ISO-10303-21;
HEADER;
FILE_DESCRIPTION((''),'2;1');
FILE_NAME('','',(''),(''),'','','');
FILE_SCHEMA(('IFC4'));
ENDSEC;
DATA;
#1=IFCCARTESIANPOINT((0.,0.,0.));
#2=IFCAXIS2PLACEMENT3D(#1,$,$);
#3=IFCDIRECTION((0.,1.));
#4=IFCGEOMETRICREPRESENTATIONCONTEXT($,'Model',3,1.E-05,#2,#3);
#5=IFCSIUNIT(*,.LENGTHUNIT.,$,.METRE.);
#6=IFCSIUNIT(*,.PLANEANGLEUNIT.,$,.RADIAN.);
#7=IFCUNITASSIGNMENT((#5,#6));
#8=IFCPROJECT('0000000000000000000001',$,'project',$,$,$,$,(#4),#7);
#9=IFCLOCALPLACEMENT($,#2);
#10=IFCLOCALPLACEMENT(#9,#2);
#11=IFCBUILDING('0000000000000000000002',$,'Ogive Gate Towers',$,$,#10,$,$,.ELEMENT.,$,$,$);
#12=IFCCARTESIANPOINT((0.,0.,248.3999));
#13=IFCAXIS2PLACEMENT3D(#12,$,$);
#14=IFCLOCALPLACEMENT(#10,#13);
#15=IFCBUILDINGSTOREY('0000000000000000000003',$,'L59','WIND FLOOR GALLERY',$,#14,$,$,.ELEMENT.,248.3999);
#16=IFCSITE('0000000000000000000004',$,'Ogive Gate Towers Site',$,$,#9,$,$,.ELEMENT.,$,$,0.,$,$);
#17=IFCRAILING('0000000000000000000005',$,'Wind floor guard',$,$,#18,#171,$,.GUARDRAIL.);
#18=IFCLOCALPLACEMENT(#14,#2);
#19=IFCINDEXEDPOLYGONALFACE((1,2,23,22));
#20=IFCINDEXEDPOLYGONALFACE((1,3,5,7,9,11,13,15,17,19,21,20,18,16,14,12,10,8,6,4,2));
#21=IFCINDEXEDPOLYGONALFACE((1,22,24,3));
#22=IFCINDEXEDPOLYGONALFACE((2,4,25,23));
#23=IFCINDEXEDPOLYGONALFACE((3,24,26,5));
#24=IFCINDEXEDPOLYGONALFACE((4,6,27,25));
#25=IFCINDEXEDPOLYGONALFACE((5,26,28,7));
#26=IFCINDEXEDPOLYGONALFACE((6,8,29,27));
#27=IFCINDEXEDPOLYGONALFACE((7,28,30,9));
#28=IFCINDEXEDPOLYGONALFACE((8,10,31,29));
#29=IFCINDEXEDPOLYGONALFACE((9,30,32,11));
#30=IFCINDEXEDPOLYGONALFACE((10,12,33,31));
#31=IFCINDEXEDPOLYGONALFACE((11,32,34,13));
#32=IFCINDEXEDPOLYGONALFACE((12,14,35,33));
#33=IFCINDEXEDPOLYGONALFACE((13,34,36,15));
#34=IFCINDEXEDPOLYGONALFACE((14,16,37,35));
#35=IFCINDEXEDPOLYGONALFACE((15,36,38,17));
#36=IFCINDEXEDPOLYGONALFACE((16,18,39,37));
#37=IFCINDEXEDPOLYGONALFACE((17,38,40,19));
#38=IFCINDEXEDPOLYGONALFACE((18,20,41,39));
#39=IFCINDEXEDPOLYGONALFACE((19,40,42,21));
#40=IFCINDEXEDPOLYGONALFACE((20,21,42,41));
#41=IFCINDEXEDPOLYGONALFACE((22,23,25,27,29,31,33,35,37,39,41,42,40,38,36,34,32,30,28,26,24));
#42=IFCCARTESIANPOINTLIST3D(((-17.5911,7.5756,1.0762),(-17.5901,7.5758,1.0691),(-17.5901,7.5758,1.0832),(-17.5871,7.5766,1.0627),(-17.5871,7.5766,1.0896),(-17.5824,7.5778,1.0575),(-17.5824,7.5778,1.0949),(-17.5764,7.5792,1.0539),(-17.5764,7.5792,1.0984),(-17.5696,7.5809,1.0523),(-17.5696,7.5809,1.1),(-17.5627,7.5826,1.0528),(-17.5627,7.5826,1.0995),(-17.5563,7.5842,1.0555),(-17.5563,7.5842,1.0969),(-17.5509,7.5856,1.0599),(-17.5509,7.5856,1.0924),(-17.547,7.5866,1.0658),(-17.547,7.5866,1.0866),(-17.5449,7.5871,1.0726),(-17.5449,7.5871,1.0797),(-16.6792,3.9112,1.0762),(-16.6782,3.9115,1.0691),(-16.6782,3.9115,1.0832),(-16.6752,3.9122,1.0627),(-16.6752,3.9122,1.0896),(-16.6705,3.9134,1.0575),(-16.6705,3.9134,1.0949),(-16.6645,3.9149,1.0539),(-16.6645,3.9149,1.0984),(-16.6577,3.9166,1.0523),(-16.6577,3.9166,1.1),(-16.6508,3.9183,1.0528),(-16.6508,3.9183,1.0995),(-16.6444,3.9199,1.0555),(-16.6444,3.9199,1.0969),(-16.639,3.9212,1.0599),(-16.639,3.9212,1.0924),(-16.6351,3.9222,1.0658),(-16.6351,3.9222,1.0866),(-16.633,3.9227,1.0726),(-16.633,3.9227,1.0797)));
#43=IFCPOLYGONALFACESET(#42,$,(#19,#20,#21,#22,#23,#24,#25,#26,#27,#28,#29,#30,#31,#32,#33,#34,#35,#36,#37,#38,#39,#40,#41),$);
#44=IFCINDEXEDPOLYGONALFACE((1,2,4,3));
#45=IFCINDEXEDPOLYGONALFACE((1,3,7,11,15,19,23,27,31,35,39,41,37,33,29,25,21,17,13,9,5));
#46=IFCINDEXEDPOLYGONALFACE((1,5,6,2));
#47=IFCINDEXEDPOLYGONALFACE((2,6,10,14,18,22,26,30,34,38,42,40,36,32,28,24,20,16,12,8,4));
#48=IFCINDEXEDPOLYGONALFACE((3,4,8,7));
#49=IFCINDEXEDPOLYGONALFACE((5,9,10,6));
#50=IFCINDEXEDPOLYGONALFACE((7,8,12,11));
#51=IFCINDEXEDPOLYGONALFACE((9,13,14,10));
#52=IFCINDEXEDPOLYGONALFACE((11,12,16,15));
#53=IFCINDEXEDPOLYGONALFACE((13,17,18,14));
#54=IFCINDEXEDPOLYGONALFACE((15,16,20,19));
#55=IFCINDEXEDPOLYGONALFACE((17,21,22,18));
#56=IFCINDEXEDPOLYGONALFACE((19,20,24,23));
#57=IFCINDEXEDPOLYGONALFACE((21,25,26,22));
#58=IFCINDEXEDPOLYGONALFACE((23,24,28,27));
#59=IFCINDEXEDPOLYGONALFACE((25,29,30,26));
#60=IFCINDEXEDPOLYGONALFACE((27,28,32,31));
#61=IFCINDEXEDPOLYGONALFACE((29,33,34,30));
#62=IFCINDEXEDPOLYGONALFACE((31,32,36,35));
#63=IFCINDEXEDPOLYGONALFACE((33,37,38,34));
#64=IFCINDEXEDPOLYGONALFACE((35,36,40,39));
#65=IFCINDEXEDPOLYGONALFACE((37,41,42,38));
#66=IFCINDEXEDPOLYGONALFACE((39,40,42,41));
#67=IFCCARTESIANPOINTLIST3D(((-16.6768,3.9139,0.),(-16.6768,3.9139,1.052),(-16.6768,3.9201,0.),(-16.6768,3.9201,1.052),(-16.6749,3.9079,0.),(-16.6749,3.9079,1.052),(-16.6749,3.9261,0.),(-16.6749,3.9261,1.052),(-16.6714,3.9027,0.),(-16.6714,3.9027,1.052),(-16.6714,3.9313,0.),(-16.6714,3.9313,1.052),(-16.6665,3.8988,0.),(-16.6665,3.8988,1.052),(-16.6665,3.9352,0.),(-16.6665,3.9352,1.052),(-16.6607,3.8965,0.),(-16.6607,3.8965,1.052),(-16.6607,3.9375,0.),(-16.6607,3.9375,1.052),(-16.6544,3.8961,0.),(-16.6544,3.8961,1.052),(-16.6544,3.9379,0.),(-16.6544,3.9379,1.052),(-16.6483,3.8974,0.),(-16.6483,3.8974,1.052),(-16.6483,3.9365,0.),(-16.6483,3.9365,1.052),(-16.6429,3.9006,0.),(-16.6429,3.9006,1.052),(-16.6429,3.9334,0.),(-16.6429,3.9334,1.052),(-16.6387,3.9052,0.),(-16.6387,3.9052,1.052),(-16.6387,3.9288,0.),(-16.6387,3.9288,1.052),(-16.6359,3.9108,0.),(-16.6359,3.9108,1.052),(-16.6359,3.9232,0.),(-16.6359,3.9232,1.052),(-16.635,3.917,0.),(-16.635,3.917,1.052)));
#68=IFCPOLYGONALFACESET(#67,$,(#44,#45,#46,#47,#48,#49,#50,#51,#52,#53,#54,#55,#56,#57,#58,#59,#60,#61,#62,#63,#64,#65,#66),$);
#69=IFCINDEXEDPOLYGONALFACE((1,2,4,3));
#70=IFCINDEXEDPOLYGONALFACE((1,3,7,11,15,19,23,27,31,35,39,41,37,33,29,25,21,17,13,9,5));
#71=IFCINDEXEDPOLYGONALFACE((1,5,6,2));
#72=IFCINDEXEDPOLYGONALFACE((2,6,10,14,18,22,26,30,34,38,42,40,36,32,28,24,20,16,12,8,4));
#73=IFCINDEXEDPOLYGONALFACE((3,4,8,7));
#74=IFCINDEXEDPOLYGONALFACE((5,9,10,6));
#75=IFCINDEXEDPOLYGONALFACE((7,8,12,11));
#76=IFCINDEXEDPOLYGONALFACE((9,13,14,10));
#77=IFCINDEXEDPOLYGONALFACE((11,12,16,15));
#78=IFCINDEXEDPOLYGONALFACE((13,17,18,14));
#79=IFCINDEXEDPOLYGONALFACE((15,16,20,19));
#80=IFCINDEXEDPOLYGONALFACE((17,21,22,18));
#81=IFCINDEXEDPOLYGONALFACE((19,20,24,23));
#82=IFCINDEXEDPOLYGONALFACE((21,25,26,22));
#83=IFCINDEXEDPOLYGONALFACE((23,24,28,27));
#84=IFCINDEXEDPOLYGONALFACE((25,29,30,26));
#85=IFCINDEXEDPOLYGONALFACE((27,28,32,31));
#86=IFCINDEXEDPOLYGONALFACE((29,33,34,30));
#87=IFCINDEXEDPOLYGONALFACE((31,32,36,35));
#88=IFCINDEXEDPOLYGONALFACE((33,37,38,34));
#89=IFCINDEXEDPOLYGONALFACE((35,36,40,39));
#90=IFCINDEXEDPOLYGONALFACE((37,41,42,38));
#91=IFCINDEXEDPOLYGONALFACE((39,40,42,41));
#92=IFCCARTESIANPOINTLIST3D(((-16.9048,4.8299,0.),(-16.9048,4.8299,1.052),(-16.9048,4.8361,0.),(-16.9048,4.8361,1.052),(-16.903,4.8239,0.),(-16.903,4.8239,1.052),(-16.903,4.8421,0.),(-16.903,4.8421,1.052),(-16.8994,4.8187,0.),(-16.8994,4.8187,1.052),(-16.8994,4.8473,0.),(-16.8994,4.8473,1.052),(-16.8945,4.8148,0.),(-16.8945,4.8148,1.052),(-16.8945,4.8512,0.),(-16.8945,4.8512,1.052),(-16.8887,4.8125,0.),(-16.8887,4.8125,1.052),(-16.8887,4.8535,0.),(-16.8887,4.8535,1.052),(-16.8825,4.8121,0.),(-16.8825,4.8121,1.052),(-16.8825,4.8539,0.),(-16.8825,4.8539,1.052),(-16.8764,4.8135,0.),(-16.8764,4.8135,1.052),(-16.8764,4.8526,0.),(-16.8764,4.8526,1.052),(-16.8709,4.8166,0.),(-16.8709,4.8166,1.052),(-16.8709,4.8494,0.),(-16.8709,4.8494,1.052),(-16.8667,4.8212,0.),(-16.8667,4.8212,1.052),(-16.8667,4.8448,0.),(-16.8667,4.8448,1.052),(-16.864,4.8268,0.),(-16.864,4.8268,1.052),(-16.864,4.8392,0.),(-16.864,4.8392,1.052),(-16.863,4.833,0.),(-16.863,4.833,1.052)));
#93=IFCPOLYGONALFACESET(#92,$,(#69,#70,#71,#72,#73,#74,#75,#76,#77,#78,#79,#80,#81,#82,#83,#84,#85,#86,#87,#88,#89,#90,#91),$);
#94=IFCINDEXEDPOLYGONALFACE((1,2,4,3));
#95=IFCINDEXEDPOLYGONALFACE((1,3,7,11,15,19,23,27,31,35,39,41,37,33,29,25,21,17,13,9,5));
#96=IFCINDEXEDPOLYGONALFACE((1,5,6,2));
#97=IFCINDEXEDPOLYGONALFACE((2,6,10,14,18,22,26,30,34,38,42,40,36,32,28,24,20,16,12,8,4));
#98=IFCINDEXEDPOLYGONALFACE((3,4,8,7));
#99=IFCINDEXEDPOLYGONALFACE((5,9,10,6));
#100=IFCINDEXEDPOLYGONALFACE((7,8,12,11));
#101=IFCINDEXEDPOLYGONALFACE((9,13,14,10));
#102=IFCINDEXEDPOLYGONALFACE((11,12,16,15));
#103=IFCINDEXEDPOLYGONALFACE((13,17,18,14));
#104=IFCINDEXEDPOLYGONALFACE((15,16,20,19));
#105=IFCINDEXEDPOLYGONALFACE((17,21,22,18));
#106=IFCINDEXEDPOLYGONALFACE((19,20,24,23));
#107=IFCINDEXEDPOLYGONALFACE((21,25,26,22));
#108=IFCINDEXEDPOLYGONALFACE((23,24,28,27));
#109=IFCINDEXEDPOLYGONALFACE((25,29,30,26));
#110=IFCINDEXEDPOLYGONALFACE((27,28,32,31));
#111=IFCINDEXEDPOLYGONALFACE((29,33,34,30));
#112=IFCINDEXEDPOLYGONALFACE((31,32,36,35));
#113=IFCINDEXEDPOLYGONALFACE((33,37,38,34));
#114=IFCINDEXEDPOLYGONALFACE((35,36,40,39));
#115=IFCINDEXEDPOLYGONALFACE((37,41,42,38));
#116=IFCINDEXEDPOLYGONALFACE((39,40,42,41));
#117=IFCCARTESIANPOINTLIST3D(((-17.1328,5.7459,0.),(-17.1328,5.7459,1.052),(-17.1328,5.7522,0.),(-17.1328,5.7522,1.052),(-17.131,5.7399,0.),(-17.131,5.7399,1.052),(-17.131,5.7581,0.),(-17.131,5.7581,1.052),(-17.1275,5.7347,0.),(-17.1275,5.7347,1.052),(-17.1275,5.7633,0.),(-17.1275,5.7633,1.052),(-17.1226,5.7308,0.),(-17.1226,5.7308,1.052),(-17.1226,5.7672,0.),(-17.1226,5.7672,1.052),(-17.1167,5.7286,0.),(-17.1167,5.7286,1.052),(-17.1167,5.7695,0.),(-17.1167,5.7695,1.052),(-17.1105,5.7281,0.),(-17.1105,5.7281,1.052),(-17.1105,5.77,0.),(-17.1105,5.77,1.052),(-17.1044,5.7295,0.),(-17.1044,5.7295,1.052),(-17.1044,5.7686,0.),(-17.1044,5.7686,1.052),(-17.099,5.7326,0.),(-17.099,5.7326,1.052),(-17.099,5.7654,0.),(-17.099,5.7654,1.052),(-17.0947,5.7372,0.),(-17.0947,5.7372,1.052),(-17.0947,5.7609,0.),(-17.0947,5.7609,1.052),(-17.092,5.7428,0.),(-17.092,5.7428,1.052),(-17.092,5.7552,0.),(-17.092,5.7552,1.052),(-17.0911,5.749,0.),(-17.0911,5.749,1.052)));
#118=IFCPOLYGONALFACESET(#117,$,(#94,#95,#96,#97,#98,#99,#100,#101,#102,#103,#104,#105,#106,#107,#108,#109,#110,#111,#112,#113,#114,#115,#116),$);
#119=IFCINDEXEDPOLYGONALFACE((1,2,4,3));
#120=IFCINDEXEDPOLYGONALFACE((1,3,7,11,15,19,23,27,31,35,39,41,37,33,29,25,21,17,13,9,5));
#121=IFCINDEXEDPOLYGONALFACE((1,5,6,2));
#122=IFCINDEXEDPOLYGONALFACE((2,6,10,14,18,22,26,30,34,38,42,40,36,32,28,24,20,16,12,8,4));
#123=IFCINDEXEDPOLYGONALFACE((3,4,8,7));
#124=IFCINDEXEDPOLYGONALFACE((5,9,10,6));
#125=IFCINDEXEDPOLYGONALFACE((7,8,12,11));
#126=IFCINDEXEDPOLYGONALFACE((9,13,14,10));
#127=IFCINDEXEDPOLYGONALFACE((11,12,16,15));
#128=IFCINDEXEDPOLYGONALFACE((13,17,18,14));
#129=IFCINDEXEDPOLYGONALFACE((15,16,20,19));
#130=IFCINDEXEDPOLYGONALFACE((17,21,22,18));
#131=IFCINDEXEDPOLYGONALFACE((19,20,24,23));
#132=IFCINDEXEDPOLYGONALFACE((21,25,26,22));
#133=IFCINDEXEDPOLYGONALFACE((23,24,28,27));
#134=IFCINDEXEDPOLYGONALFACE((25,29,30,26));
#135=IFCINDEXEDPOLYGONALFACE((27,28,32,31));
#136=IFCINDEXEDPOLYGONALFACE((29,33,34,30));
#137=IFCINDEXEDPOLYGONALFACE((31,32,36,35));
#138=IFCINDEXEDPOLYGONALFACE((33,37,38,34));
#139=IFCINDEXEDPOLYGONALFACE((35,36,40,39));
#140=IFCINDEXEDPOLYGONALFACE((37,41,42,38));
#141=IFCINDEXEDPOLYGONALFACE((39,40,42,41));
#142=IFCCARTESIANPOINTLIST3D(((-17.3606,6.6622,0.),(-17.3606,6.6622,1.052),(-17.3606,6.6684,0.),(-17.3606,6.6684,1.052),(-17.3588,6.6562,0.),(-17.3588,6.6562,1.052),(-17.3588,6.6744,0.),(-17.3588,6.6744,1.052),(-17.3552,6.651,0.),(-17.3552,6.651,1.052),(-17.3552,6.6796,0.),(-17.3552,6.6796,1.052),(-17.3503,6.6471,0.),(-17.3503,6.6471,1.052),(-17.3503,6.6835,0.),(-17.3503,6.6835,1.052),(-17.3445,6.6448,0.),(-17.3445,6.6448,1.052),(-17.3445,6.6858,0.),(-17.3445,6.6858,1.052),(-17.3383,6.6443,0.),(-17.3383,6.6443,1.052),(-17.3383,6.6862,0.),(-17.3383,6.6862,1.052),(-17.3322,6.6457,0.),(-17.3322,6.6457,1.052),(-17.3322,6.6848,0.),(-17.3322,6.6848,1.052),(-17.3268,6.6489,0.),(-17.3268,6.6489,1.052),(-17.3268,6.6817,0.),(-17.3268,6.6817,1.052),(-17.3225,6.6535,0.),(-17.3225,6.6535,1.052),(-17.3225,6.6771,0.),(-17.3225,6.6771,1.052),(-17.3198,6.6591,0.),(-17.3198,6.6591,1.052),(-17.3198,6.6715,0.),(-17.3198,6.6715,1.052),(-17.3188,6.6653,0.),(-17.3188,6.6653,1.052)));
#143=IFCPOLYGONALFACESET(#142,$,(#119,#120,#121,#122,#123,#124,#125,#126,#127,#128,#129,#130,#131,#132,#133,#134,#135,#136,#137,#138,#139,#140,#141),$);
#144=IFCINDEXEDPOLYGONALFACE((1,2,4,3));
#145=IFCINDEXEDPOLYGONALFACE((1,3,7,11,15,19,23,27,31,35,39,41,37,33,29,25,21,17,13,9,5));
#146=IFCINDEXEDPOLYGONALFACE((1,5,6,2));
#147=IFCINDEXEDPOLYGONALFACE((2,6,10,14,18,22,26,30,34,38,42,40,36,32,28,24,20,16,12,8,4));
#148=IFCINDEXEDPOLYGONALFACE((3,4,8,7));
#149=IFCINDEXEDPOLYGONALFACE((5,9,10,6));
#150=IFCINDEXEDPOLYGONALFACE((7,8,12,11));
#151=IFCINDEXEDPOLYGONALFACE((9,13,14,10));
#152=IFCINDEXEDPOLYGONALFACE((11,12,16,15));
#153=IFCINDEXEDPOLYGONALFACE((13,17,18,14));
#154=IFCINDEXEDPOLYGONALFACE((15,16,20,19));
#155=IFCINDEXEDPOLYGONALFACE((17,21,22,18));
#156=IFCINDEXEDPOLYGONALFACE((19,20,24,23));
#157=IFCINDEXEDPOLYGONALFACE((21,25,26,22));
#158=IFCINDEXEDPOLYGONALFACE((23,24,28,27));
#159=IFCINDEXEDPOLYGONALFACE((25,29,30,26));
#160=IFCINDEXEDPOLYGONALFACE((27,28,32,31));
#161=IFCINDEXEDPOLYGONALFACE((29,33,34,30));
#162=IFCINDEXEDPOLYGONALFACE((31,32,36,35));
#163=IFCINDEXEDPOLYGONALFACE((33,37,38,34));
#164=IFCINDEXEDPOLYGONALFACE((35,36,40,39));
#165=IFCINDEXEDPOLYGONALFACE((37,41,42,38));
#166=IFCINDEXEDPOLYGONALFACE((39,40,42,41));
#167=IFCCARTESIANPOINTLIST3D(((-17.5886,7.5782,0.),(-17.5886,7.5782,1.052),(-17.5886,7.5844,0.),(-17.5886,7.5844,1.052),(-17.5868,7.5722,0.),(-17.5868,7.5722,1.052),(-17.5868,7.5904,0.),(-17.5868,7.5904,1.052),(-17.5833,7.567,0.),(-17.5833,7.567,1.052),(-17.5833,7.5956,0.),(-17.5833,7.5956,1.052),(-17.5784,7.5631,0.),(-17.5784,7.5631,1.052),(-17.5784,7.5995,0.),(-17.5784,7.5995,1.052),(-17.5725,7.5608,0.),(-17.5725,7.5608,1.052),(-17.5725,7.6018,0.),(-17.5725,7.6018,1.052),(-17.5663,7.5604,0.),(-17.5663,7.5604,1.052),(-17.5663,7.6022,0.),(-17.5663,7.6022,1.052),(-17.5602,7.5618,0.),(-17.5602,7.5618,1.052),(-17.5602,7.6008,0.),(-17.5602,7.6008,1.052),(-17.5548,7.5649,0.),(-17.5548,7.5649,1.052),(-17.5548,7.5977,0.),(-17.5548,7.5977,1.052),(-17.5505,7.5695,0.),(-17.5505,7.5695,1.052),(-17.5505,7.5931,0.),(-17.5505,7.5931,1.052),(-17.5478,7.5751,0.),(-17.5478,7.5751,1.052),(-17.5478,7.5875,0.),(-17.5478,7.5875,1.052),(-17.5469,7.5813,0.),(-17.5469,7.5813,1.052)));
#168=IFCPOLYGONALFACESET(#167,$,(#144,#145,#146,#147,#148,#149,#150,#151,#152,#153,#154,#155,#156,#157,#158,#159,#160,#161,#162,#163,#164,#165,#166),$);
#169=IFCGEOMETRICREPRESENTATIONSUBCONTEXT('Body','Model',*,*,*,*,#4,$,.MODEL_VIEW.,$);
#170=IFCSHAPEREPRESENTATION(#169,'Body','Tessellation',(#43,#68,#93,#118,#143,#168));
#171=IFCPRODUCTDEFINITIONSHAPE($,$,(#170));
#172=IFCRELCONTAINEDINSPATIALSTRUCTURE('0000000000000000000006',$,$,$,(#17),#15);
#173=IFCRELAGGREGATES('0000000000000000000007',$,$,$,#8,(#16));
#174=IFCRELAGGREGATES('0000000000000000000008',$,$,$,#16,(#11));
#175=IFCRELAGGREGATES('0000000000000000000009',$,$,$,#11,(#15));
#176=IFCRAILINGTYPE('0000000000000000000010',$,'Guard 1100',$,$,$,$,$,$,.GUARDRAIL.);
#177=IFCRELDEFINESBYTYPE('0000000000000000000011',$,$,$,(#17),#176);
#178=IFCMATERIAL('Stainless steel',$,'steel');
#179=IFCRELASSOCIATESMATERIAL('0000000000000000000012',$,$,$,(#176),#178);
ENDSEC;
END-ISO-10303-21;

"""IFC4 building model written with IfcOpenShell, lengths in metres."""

from ifc_helpers import new_model, si_unit, direction, frame, origin, origin_2d, place, context, subcontext, project, spatial, circle, extrude, material, type_object, element, save


model = new_model("IFC4")

# Units and contexts
model_context = context("Model", 3, precision=1e-05, world=origin(), true_north=direction((0.0, 1.0)))
body_context = subcontext(model_context, "Body", "Model", "MODEL_VIEW")
ifc_project = project(units=[si_unit("LENGTHUNIT", "METRE"), si_unit("PLANEANGLEUNIT", "RADIAN")], contexts=[model_context])

# Site, building, storey
site_placement = place(None, origin())
site = spatial("IfcSite", under=ifc_project, at=site_placement, Name="Ogive Gate Towers Site", CompositionType="ELEMENT", RefElevation=0.0)
building_placement = place(site_placement, origin())
building = spatial("IfcBuilding", under=site, at=building_placement, Name="Ogive Gate Towers", CompositionType="ELEMENT")
storey_placement = place(building_placement, frame((0.0, 0.0, 248.3999)))
storey = spatial("IfcBuildingStorey", under=building, at=storey_placement, Name="L59", Description="WIND FLOOR GALLERY", CompositionType="ELEMENT", Elevation=248.3999)

# Railing
ifc_material_1 = material(Name="Stainless steel", Category="steel")
railing_type = type_object("IfcRailingType", Name="Guard 1100", PredefinedType="GUARDRAIL", material=ifc_material_1)
railing_1_placement = place(storey_placement, frame((-16.656, 3.917, 0.0)))
element("IfcRailing", 1, at=railing_1_placement, inside=storey, type_object=railing_type, Name="Wind floor guard", PredefinedType="GUARDRAIL", context=body_context, shape_type="SweptSolid", body=[
    extrude(circle(Radius=0.0239, at=origin_2d()), frame((0.0, 0.0, 1.0762), z_axis=(-0.241486, 0.970404, 0.0), x_axis=(-0.970404, -0.241486, 0.0)), (0.0, 0.0, 1.0), 3.7761),
    extrude(circle(Radius=0.021, at=origin_2d()), origin(), (0.0, 0.0, 1.0), 1.052),
    extrude(circle(Radius=0.021, at=origin_2d()), frame((-0.228, 0.916, 0.0)), (0.0, 0.0, 1.0), 1.052),
    extrude(circle(Radius=0.021, at=origin_2d()), frame((-0.4561, 1.832, 0.0)), (0.0, 0.0, 1.0), 1.052),
    extrude(circle(Radius=0.021, at=origin_2d()), frame((-0.6838, 2.7483, 0.0)), (0.0, 0.0, 1.0), 1.052),
    extrude(circle(Radius=0.021, at=origin_2d()), frame((-0.9119, 3.6643, 0.0)), (0.0, 0.0, 1.0), 1.052),
])

save(model, "model.ifc")
